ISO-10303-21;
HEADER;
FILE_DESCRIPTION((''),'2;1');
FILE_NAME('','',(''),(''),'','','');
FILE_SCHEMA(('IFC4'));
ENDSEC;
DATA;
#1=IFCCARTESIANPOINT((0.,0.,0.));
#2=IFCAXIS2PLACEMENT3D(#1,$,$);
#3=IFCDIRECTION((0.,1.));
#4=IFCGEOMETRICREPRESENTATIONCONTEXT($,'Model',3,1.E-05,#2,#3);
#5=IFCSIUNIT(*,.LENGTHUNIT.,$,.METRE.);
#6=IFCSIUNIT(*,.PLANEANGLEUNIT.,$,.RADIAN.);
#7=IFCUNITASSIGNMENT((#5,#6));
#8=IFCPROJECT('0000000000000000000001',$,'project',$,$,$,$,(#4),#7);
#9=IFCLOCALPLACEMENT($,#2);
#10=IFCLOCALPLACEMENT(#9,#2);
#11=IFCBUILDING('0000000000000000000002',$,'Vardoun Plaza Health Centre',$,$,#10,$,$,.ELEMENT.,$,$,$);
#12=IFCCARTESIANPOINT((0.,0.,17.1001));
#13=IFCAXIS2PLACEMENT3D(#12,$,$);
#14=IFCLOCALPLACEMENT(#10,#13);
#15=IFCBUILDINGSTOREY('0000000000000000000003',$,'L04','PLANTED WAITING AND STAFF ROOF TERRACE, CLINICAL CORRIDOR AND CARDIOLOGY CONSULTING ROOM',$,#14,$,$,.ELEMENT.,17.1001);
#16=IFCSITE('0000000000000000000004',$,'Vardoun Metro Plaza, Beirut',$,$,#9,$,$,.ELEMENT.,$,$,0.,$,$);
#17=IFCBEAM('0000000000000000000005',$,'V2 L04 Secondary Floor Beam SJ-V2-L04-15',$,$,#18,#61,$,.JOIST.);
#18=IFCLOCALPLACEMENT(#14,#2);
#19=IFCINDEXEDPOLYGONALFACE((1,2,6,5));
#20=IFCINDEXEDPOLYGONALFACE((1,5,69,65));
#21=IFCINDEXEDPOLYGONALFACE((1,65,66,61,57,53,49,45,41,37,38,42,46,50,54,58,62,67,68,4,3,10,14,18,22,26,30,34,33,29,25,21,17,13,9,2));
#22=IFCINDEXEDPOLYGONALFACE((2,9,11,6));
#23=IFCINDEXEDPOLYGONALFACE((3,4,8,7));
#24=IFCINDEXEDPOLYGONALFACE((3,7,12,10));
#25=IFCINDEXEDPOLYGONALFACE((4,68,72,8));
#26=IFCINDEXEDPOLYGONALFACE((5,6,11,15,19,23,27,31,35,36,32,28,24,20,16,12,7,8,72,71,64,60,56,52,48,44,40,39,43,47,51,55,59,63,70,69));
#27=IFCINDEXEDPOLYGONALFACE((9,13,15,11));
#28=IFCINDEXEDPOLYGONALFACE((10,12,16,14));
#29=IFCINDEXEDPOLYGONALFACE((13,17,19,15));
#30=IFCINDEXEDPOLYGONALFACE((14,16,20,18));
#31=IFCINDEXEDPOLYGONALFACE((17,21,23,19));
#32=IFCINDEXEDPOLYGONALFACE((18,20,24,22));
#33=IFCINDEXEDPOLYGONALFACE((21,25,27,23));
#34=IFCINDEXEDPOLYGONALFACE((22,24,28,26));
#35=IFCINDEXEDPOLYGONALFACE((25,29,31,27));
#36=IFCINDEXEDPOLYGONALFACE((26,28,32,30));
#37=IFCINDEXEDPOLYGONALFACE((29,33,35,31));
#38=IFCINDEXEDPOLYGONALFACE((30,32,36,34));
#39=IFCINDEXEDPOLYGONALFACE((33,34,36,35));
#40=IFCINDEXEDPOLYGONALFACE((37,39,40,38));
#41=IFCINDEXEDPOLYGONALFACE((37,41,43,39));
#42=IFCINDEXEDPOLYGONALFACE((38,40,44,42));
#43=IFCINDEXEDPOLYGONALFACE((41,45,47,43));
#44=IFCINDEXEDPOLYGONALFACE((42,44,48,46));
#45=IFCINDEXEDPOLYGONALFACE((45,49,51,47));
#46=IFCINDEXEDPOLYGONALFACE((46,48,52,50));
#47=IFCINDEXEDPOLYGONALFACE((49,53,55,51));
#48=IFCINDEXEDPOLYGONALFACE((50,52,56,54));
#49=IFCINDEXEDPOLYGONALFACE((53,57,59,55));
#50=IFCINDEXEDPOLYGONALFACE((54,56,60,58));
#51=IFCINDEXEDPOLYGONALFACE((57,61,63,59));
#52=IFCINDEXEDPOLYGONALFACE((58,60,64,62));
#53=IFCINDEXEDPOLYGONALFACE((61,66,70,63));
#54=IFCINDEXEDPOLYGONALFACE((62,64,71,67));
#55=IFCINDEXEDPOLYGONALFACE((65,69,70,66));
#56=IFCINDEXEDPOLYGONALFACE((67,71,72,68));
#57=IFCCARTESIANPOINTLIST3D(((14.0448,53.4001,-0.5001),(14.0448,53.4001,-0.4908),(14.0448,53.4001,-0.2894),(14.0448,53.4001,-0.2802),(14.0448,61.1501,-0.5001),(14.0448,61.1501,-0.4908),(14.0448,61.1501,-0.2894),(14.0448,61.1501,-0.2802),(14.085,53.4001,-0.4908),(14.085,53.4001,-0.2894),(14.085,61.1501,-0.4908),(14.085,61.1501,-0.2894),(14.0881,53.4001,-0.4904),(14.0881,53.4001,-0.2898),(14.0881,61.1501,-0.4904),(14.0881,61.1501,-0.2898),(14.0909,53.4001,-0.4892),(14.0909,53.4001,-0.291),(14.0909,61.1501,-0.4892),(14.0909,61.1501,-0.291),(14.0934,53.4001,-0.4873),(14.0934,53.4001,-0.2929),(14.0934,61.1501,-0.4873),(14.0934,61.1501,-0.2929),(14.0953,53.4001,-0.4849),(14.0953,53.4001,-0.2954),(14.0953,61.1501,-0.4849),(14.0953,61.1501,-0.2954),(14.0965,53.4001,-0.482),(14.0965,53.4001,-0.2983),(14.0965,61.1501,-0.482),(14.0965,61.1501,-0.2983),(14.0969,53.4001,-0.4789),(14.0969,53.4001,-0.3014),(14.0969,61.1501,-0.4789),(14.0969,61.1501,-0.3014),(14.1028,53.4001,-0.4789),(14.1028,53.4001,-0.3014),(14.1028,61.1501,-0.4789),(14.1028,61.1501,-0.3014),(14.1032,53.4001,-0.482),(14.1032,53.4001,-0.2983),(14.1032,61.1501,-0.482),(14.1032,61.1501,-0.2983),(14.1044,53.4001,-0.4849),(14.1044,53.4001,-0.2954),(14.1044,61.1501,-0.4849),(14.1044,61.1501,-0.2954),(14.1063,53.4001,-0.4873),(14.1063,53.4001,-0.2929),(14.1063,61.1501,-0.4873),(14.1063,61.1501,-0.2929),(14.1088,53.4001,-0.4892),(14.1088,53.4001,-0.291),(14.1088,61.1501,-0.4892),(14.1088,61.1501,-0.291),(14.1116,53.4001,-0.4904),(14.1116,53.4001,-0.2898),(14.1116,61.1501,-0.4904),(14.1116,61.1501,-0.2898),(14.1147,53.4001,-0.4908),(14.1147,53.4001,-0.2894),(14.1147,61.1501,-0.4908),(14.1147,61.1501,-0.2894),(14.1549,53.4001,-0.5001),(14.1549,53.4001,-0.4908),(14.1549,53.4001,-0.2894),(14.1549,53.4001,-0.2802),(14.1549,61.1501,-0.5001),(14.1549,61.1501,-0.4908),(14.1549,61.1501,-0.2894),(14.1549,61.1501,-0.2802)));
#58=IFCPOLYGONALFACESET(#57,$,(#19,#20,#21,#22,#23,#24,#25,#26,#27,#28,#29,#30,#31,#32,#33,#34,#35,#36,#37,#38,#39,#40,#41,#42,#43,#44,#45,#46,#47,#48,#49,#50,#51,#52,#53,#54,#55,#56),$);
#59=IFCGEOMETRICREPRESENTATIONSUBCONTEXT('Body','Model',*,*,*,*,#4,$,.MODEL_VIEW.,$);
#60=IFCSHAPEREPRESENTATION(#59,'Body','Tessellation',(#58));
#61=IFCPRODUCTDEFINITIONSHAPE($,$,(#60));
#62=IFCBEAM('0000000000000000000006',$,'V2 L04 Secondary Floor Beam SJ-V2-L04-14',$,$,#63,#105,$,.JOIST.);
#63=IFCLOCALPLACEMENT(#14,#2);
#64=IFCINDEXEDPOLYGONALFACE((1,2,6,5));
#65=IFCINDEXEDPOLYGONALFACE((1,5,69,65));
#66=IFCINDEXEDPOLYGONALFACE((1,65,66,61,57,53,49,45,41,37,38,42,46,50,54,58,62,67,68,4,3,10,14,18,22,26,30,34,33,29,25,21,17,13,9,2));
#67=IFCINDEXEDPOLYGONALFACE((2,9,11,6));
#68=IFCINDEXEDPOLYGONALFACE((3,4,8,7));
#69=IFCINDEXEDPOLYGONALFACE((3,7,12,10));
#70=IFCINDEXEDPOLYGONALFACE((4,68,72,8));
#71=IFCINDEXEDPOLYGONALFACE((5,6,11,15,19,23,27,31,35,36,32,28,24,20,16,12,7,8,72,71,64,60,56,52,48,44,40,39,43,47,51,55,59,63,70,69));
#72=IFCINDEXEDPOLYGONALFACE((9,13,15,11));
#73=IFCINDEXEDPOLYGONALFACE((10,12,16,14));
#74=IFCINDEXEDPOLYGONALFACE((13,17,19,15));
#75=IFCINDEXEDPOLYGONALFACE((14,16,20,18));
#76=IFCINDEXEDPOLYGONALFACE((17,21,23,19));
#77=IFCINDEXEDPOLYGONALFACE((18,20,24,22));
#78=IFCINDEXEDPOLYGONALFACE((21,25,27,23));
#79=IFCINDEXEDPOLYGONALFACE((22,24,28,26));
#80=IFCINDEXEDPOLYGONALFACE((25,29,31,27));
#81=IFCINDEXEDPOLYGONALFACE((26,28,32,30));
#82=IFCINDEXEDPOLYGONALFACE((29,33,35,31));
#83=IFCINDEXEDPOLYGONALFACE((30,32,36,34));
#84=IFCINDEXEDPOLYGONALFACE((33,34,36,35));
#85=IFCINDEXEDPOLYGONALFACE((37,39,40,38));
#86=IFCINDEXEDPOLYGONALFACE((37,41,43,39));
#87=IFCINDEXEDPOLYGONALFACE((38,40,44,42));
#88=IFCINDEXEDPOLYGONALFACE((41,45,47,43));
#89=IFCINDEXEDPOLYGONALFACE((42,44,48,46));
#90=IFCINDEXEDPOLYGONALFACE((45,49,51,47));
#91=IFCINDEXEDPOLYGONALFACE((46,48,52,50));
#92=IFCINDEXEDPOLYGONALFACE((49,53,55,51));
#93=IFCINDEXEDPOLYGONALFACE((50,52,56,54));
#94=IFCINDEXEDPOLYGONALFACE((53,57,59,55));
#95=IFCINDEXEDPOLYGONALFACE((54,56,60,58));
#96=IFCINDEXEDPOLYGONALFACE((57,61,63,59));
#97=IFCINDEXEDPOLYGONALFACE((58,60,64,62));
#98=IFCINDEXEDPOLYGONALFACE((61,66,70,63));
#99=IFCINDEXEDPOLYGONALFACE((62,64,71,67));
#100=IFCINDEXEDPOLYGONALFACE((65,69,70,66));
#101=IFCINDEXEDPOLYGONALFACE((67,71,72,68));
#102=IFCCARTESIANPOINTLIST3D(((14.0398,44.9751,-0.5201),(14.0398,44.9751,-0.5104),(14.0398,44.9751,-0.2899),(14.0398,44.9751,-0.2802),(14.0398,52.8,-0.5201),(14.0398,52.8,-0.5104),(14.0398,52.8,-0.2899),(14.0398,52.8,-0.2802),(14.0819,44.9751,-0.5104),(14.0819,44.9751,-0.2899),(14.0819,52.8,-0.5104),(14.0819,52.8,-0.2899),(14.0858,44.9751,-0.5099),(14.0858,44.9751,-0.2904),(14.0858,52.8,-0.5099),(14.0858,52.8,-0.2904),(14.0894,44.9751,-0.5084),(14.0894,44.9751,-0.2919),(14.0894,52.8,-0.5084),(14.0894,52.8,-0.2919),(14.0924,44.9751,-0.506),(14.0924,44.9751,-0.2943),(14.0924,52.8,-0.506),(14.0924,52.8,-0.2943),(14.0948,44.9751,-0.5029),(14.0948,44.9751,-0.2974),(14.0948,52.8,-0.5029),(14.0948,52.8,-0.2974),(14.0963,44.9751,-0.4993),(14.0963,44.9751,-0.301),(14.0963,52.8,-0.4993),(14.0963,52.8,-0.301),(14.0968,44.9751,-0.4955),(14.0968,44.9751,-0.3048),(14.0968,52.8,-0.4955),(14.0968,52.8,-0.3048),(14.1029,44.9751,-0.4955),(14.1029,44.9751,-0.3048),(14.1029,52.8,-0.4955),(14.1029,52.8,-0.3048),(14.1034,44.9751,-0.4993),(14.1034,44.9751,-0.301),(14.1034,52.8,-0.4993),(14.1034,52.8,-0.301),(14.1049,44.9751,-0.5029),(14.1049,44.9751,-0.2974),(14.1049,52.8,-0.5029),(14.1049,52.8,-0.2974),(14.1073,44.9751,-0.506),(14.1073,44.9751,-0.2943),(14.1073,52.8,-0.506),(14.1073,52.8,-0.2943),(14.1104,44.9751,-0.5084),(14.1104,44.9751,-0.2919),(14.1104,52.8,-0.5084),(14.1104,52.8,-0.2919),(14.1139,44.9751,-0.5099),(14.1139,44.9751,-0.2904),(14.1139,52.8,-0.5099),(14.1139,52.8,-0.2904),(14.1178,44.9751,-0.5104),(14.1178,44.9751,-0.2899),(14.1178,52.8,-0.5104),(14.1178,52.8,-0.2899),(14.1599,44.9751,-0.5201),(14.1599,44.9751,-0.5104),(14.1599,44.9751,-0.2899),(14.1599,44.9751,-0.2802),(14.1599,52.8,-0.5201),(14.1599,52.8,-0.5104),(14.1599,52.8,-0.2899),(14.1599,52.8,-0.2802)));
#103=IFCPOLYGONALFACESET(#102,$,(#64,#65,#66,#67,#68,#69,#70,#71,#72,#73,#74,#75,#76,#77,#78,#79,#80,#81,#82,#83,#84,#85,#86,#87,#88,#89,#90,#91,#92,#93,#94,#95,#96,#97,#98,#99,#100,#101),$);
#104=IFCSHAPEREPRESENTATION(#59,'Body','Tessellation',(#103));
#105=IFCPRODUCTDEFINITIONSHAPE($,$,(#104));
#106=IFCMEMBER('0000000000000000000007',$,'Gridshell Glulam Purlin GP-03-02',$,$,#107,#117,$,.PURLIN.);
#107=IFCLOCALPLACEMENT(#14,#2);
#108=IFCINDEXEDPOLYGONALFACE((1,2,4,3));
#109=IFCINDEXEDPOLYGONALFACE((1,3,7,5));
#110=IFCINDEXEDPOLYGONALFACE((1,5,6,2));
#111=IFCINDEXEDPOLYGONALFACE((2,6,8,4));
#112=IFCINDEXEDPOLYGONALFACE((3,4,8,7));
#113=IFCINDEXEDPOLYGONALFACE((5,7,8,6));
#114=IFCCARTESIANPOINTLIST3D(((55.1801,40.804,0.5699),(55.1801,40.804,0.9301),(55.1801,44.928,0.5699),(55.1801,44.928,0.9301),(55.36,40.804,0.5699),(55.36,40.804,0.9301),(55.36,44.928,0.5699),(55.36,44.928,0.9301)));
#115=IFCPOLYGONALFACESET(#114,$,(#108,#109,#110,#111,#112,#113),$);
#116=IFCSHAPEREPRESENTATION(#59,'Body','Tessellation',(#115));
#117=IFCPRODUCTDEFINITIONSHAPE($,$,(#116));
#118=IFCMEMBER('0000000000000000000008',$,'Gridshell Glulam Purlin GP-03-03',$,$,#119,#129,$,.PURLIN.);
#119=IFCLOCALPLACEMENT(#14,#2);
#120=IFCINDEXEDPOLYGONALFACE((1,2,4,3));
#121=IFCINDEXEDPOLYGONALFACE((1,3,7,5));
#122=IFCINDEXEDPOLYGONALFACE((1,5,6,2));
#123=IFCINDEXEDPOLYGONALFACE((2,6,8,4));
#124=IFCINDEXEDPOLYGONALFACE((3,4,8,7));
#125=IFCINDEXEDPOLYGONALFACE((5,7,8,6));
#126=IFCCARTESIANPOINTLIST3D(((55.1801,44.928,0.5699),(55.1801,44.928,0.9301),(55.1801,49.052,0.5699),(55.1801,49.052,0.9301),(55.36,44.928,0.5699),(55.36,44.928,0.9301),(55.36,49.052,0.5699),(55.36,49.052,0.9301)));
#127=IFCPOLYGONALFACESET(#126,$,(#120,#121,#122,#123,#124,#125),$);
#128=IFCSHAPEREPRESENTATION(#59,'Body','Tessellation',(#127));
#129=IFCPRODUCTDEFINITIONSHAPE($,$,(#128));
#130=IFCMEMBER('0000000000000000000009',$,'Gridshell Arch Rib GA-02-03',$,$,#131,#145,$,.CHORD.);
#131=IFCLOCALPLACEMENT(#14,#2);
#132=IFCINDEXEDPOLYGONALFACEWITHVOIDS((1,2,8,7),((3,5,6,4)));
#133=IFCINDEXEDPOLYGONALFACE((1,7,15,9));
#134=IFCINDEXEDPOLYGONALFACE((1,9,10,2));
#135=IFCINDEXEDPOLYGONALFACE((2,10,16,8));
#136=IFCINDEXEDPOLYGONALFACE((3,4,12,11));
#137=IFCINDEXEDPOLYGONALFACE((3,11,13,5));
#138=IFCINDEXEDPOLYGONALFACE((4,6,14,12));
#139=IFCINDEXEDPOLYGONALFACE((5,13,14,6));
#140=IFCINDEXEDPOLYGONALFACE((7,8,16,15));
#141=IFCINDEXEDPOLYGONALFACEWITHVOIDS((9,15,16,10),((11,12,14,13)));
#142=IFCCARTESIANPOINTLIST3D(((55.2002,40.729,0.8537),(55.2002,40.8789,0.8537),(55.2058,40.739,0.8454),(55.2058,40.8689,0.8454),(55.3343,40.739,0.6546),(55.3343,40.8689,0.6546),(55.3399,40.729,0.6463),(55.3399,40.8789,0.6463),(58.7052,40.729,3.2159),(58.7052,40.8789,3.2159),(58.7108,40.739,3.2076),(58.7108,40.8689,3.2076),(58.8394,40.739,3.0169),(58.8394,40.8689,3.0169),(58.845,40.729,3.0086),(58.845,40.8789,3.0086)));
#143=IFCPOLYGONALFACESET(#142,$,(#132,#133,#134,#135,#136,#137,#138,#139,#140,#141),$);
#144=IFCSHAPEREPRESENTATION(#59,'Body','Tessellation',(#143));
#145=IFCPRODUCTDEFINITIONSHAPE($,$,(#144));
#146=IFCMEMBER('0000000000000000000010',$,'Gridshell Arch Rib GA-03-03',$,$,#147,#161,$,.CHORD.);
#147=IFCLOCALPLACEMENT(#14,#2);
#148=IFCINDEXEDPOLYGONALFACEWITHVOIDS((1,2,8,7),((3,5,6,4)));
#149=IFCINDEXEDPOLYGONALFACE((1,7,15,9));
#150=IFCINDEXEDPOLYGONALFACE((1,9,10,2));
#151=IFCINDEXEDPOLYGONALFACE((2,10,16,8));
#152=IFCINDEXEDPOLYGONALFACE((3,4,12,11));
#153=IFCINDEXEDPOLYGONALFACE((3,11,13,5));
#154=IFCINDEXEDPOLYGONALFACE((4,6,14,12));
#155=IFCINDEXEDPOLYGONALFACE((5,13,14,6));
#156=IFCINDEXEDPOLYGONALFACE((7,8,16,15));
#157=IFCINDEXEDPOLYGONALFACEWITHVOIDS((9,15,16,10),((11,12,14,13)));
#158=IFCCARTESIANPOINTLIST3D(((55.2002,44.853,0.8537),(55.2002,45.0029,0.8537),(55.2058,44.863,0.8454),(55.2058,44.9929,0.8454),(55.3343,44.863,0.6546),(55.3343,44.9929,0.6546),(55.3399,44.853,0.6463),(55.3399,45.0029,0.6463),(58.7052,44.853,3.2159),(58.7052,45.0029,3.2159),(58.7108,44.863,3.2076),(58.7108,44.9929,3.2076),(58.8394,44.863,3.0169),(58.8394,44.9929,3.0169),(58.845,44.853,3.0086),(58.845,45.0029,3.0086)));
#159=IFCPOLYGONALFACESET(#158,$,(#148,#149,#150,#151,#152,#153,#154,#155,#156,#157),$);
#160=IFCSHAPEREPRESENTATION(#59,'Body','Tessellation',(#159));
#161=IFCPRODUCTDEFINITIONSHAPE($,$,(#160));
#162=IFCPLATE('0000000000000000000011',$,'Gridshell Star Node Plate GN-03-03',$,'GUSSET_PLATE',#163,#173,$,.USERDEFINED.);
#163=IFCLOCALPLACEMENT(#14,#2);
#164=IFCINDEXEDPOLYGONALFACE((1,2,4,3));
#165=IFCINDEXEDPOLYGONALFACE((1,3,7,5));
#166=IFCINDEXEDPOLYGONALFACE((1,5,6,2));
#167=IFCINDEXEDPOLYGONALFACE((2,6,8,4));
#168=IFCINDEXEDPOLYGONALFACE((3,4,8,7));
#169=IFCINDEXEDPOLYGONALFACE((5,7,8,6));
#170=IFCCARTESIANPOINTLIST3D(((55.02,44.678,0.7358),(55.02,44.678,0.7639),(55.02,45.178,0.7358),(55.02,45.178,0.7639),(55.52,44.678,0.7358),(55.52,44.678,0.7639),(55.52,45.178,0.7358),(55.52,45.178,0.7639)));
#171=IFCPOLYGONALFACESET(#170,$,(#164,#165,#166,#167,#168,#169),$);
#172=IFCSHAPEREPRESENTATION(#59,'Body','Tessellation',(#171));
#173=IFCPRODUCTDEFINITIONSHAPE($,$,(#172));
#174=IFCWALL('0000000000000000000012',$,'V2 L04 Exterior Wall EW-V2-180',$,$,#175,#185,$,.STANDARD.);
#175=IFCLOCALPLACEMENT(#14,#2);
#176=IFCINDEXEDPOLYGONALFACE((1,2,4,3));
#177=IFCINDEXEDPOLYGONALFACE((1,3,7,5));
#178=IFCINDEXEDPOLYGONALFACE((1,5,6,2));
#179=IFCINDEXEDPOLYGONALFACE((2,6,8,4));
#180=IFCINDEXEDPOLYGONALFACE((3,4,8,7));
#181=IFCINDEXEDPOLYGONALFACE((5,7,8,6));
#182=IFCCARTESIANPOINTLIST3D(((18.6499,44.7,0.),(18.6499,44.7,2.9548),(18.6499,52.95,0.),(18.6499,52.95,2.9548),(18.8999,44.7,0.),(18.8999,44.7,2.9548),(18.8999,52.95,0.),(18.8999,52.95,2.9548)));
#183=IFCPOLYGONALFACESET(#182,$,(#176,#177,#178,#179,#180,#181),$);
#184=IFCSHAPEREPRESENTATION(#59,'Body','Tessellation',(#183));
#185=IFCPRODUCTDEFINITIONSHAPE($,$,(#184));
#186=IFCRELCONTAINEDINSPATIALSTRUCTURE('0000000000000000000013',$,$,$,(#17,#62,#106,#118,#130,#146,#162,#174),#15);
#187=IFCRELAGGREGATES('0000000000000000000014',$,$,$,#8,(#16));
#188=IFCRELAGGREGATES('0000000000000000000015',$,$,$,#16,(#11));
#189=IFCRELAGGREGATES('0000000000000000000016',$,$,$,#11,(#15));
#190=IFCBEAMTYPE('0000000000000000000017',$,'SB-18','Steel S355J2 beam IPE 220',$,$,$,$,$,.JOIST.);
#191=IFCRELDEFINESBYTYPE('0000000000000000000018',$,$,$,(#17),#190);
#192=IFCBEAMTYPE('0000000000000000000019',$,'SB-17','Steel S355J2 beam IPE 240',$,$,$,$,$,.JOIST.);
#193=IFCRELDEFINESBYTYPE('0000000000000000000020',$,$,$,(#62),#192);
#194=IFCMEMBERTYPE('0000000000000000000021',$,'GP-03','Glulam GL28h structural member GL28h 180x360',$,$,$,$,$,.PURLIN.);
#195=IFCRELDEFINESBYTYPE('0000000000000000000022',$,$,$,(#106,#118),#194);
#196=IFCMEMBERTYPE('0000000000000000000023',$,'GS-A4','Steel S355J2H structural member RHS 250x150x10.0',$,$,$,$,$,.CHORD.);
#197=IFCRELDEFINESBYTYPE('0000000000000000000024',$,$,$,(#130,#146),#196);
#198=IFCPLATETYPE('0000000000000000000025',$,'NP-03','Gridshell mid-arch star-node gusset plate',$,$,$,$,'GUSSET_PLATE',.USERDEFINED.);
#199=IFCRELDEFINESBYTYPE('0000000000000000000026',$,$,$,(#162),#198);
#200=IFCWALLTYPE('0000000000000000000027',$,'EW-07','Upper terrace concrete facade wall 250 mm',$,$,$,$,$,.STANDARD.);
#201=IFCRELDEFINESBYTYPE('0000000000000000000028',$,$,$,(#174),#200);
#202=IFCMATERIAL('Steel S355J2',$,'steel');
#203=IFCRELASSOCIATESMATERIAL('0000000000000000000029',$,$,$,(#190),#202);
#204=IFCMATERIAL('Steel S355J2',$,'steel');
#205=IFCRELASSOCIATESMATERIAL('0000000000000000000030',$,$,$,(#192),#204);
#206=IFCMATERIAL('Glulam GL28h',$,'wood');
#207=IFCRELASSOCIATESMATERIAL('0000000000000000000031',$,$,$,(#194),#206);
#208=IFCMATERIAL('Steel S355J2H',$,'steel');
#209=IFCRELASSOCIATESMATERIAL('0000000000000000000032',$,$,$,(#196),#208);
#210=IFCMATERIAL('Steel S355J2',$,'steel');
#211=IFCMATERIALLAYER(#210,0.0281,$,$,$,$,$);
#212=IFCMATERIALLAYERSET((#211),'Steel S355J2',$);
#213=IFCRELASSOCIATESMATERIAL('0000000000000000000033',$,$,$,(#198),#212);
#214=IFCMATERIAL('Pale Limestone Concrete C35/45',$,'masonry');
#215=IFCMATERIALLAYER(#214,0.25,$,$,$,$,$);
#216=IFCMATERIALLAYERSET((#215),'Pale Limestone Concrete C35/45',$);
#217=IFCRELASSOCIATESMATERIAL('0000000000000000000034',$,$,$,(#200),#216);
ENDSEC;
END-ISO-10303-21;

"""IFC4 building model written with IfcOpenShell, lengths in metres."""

from ifc_helpers import new_model, si_unit, direction, frame, frame_2d, origin, origin_2d, place, context, subcontext, project, spatial, rectangle, hollow_rectangle, i_section, extrude, material, layer, layer_set, material_profile, profile_set, type_object, element, save


model = new_model("IFC4")

# Units and contexts
model_context = context("Model", 3, precision=1e-05, world=origin(), true_north=direction((0.0, 1.0)))
body_context = subcontext(model_context, "Body", "Model", "MODEL_VIEW")
ifc_project = project(units=[si_unit("LENGTHUNIT", "METRE"), si_unit("PLANEANGLEUNIT", "RADIAN")], contexts=[model_context])

# Site, building, storey
site_placement = place(None, origin())
site = spatial("IfcSite", under=ifc_project, at=site_placement, Name="Vardoun Metro Plaza, Beirut", CompositionType="ELEMENT", RefElevation=0.0)
building_placement = place(site_placement, origin())
building = spatial("IfcBuilding", under=site, at=building_placement, Name="Vardoun Plaza Health Centre", CompositionType="ELEMENT")
storey_placement = place(building_placement, frame((0.0, 0.0, 17.1001)))
storey = spatial("IfcBuildingStorey", under=building, at=storey_placement, Name="L04", Description="PLANTED WAITING AND STAFF ROOF TERRACE, CLINICAL CORRIDOR AND CARDIOLOGY CONSULTING ROOM", CompositionType="ELEMENT", Elevation=17.1001)

# Beams
ifc_material_1 = material(Name="Steel S355J2", Category="steel")
ifc_material_profile_1 = material_profile(ifc_material_1, i_section(OverallWidth=0.1101, OverallDepth=0.22, WebThickness=0.0059, FlangeThickness=0.0093, FilletRadius=0.012, at=origin_2d()), Name="IPE 220")
ifc_profile_set_1 = profile_set([ifc_material_profile_1], Name="Steel S355J2")
beam_type_1 = type_object("IfcBeamType", Name="SB-18", Description="Steel S355J2 beam IPE 220", PredefinedType="JOIST", material=ifc_profile_set_1)
beam_1_placement = place(storey_placement, frame((14.0999, 53.4001, -0.3901), z_axis=(0.0, 1.0, 0.0), x_axis=(-1.0, 0.0, 0.0)))
element("IfcBeam", 1, at=beam_1_placement, inside=storey, type_object=beam_type_1, Name="V2 L04 Secondary Floor Beam SJ-V2-L04-15", PredefinedType="JOIST", context=body_context, shape_type="SweptSolid", body=[
    extrude(i_section(OverallWidth=0.1101, OverallDepth=0.22, WebThickness=0.0059, FlangeThickness=0.0093, FilletRadius=0.012, at=origin_2d()), origin(), (0.0, 0.0, 1.0), 7.75),
])
ifc_material_2 = material(Name="Steel S355J2", Category="steel")
ifc_material_profile_2 = material_profile(ifc_material_2, i_section(OverallWidth=0.1201, OverallDepth=0.24, WebThickness=0.0061, FlangeThickness=0.0098, FilletRadius=0.0149, at=origin_2d()), Name="IPE 240")
ifc_profile_set_2 = profile_set([ifc_material_profile_2], Name="Steel S355J2")
beam_type_2 = type_object("IfcBeamType", Name="SB-17", Description="Steel S355J2 beam IPE 240", PredefinedType="JOIST", material=ifc_profile_set_2)
beam_2_placement = place(storey_placement, frame((14.0999, 44.9751, -0.4001), z_axis=(0.0, 1.0, 0.0), x_axis=(-1.0, 0.0, 0.0)))
element("IfcBeam", 2, at=beam_2_placement, inside=storey, type_object=beam_type_2, Name="V2 L04 Secondary Floor Beam SJ-V2-L04-14", PredefinedType="JOIST", context=body_context, shape_type="SweptSolid", body=[
    extrude(i_section(OverallWidth=0.1201, OverallDepth=0.24, WebThickness=0.0061, FlangeThickness=0.0098, FilletRadius=0.0149, at=origin_2d()), origin(), (0.0, 0.0, 1.0), 7.825),
])

# Members
ifc_material_3 = material(Name="Glulam GL28h", Category="wood")
ifc_material_profile_3 = material_profile(ifc_material_3, rectangle(XDim=0.1799, YDim=0.3601, at=origin_2d()), Name="GL28h 180x360")
ifc_profile_set_3 = profile_set([ifc_material_profile_3], Name="Glulam GL28h")
member_type_1 = type_object("IfcMemberType", Name="GP-03", Description="Glulam GL28h structural member GL28h 180x360", PredefinedType="PURLIN", material=ifc_profile_set_3)
for number, where, z_axis, x_axis, name in (
    (3, (55.27, 40.804, 0.75), (0.0, 1.0, 0.0), (-1.0, 0.0, 0.0), "Gridshell Glulam Purlin GP-03-02"),
    (4, (55.27, 44.928, 0.75), (0.0, 1.0, 0.0), (-1.0, 0.0, 0.0), "Gridshell Glulam Purlin GP-03-03"),
):
    element("IfcMember", number, at=place(storey_placement, frame(where, z_axis=z_axis, x_axis=x_axis)), inside=storey, type_object=member_type_1, Name=name, PredefinedType="PURLIN", context=body_context, shape_type="SweptSolid", body=[
        extrude(rectangle(XDim=0.1799, YDim=0.3601, at=origin_2d()), origin(), (0.0, 0.0, 1.0), 4.124),
    ])
ifc_material_4 = material(Name="Steel S355J2H", Category="steel")
ifc_material_profile_4 = material_profile(ifc_material_4, hollow_rectangle(XDim=0.1499, YDim=0.25, WallThickness=0.01, at=origin_2d()), Name="RHS 250x150x10.0")
ifc_profile_set_4 = profile_set([ifc_material_profile_4], Name="Steel S355J2H")
member_type_2 = type_object("IfcMemberType", Name="GS-A4", Description="Steel S355J2H structural member RHS 250x150x10.0", PredefinedType="CHORD", material=ifc_profile_set_4)
for number, where, z_axis, x_axis, name in (
    (5, (55.27, 40.804, 0.75), (0.82925, 0.0, 0.558879), (0.0, 1.0, 0.0), "Gridshell Arch Rib GA-02-03"),
    (6, (55.27, 44.928, 0.75), (0.82925, 0.0, 0.558879), (0.0, 1.0, 0.0), "Gridshell Arch Rib GA-03-03"),
):
    element("IfcMember", number, at=place(storey_placement, frame(where, z_axis=z_axis, x_axis=x_axis)), inside=storey, type_object=member_type_2, Name=name, PredefinedType="CHORD", context=body_context, shape_type="SweptSolid", body=[
        extrude(hollow_rectangle(XDim=0.1499, YDim=0.25, WallThickness=0.01, at=origin_2d()), origin(), (0.0, 0.0, 1.0), 4.2268),
    ])

# Plate
ifc_material_5 = material(Name="Steel S355J2", Category="steel")
ifc_layer_1 = layer(ifc_material_5, 0.0281)
ifc_layer_set_1 = layer_set([ifc_layer_1], Name="Steel S355J2")
plate_type = type_object("IfcPlateType", Name="NP-03", Description="Gridshell mid-arch star-node gusset plate", ElementType="GUSSET_PLATE", PredefinedType="USERDEFINED", material=ifc_layer_set_1)
plate_placement = place(storey_placement, frame((55.27, 44.928, 0.7358), z_axis=(0.0, 0.0, 1.0), x_axis=(1.0, 0.0, 0.0)))
element("IfcPlate", 7, at=plate_placement, inside=storey, type_object=plate_type, Name="Gridshell Star Node Plate GN-03-03", ObjectType="GUSSET_PLATE", PredefinedType="USERDEFINED", context=body_context, shape_type="SweptSolid", body=[
    extrude(rectangle(XDim=0.5, YDim=0.5, at=origin_2d()), origin(), (0.0, 0.0, 1.0), 0.0281),
])

# Wall
ifc_material_6 = material(Name="Pale Limestone Concrete C35/45", Category="masonry")
ifc_layer_2 = layer(ifc_material_6, 0.25)
ifc_layer_set_2 = layer_set([ifc_layer_2], Name="Pale Limestone Concrete C35/45")
wall_type_1 = type_object("IfcWallType", Name="EW-07", Description="Upper terrace concrete facade wall 250 mm", PredefinedType="STANDARD", material=ifc_layer_set_2)
wall_1_placement = place(storey_placement, frame((18.7749, 52.95, 0.0), z_axis=(0.0, 0.0, 1.0), x_axis=(0.0, -1.0, 0.0)))
element("IfcWall", 8, at=wall_1_placement, inside=storey, type_object=wall_type_1, Name="V2 L04 Exterior Wall EW-V2-180", PredefinedType="STANDARD", context=body_context, shape_type="SweptSolid", body=[
    extrude(rectangle(XDim=8.25, YDim=0.25, at=frame_2d((4.125, 0.0))), origin(), (0.0, 0.0, 1.0), 2.9548),
])

save(model, "model.ifc")
